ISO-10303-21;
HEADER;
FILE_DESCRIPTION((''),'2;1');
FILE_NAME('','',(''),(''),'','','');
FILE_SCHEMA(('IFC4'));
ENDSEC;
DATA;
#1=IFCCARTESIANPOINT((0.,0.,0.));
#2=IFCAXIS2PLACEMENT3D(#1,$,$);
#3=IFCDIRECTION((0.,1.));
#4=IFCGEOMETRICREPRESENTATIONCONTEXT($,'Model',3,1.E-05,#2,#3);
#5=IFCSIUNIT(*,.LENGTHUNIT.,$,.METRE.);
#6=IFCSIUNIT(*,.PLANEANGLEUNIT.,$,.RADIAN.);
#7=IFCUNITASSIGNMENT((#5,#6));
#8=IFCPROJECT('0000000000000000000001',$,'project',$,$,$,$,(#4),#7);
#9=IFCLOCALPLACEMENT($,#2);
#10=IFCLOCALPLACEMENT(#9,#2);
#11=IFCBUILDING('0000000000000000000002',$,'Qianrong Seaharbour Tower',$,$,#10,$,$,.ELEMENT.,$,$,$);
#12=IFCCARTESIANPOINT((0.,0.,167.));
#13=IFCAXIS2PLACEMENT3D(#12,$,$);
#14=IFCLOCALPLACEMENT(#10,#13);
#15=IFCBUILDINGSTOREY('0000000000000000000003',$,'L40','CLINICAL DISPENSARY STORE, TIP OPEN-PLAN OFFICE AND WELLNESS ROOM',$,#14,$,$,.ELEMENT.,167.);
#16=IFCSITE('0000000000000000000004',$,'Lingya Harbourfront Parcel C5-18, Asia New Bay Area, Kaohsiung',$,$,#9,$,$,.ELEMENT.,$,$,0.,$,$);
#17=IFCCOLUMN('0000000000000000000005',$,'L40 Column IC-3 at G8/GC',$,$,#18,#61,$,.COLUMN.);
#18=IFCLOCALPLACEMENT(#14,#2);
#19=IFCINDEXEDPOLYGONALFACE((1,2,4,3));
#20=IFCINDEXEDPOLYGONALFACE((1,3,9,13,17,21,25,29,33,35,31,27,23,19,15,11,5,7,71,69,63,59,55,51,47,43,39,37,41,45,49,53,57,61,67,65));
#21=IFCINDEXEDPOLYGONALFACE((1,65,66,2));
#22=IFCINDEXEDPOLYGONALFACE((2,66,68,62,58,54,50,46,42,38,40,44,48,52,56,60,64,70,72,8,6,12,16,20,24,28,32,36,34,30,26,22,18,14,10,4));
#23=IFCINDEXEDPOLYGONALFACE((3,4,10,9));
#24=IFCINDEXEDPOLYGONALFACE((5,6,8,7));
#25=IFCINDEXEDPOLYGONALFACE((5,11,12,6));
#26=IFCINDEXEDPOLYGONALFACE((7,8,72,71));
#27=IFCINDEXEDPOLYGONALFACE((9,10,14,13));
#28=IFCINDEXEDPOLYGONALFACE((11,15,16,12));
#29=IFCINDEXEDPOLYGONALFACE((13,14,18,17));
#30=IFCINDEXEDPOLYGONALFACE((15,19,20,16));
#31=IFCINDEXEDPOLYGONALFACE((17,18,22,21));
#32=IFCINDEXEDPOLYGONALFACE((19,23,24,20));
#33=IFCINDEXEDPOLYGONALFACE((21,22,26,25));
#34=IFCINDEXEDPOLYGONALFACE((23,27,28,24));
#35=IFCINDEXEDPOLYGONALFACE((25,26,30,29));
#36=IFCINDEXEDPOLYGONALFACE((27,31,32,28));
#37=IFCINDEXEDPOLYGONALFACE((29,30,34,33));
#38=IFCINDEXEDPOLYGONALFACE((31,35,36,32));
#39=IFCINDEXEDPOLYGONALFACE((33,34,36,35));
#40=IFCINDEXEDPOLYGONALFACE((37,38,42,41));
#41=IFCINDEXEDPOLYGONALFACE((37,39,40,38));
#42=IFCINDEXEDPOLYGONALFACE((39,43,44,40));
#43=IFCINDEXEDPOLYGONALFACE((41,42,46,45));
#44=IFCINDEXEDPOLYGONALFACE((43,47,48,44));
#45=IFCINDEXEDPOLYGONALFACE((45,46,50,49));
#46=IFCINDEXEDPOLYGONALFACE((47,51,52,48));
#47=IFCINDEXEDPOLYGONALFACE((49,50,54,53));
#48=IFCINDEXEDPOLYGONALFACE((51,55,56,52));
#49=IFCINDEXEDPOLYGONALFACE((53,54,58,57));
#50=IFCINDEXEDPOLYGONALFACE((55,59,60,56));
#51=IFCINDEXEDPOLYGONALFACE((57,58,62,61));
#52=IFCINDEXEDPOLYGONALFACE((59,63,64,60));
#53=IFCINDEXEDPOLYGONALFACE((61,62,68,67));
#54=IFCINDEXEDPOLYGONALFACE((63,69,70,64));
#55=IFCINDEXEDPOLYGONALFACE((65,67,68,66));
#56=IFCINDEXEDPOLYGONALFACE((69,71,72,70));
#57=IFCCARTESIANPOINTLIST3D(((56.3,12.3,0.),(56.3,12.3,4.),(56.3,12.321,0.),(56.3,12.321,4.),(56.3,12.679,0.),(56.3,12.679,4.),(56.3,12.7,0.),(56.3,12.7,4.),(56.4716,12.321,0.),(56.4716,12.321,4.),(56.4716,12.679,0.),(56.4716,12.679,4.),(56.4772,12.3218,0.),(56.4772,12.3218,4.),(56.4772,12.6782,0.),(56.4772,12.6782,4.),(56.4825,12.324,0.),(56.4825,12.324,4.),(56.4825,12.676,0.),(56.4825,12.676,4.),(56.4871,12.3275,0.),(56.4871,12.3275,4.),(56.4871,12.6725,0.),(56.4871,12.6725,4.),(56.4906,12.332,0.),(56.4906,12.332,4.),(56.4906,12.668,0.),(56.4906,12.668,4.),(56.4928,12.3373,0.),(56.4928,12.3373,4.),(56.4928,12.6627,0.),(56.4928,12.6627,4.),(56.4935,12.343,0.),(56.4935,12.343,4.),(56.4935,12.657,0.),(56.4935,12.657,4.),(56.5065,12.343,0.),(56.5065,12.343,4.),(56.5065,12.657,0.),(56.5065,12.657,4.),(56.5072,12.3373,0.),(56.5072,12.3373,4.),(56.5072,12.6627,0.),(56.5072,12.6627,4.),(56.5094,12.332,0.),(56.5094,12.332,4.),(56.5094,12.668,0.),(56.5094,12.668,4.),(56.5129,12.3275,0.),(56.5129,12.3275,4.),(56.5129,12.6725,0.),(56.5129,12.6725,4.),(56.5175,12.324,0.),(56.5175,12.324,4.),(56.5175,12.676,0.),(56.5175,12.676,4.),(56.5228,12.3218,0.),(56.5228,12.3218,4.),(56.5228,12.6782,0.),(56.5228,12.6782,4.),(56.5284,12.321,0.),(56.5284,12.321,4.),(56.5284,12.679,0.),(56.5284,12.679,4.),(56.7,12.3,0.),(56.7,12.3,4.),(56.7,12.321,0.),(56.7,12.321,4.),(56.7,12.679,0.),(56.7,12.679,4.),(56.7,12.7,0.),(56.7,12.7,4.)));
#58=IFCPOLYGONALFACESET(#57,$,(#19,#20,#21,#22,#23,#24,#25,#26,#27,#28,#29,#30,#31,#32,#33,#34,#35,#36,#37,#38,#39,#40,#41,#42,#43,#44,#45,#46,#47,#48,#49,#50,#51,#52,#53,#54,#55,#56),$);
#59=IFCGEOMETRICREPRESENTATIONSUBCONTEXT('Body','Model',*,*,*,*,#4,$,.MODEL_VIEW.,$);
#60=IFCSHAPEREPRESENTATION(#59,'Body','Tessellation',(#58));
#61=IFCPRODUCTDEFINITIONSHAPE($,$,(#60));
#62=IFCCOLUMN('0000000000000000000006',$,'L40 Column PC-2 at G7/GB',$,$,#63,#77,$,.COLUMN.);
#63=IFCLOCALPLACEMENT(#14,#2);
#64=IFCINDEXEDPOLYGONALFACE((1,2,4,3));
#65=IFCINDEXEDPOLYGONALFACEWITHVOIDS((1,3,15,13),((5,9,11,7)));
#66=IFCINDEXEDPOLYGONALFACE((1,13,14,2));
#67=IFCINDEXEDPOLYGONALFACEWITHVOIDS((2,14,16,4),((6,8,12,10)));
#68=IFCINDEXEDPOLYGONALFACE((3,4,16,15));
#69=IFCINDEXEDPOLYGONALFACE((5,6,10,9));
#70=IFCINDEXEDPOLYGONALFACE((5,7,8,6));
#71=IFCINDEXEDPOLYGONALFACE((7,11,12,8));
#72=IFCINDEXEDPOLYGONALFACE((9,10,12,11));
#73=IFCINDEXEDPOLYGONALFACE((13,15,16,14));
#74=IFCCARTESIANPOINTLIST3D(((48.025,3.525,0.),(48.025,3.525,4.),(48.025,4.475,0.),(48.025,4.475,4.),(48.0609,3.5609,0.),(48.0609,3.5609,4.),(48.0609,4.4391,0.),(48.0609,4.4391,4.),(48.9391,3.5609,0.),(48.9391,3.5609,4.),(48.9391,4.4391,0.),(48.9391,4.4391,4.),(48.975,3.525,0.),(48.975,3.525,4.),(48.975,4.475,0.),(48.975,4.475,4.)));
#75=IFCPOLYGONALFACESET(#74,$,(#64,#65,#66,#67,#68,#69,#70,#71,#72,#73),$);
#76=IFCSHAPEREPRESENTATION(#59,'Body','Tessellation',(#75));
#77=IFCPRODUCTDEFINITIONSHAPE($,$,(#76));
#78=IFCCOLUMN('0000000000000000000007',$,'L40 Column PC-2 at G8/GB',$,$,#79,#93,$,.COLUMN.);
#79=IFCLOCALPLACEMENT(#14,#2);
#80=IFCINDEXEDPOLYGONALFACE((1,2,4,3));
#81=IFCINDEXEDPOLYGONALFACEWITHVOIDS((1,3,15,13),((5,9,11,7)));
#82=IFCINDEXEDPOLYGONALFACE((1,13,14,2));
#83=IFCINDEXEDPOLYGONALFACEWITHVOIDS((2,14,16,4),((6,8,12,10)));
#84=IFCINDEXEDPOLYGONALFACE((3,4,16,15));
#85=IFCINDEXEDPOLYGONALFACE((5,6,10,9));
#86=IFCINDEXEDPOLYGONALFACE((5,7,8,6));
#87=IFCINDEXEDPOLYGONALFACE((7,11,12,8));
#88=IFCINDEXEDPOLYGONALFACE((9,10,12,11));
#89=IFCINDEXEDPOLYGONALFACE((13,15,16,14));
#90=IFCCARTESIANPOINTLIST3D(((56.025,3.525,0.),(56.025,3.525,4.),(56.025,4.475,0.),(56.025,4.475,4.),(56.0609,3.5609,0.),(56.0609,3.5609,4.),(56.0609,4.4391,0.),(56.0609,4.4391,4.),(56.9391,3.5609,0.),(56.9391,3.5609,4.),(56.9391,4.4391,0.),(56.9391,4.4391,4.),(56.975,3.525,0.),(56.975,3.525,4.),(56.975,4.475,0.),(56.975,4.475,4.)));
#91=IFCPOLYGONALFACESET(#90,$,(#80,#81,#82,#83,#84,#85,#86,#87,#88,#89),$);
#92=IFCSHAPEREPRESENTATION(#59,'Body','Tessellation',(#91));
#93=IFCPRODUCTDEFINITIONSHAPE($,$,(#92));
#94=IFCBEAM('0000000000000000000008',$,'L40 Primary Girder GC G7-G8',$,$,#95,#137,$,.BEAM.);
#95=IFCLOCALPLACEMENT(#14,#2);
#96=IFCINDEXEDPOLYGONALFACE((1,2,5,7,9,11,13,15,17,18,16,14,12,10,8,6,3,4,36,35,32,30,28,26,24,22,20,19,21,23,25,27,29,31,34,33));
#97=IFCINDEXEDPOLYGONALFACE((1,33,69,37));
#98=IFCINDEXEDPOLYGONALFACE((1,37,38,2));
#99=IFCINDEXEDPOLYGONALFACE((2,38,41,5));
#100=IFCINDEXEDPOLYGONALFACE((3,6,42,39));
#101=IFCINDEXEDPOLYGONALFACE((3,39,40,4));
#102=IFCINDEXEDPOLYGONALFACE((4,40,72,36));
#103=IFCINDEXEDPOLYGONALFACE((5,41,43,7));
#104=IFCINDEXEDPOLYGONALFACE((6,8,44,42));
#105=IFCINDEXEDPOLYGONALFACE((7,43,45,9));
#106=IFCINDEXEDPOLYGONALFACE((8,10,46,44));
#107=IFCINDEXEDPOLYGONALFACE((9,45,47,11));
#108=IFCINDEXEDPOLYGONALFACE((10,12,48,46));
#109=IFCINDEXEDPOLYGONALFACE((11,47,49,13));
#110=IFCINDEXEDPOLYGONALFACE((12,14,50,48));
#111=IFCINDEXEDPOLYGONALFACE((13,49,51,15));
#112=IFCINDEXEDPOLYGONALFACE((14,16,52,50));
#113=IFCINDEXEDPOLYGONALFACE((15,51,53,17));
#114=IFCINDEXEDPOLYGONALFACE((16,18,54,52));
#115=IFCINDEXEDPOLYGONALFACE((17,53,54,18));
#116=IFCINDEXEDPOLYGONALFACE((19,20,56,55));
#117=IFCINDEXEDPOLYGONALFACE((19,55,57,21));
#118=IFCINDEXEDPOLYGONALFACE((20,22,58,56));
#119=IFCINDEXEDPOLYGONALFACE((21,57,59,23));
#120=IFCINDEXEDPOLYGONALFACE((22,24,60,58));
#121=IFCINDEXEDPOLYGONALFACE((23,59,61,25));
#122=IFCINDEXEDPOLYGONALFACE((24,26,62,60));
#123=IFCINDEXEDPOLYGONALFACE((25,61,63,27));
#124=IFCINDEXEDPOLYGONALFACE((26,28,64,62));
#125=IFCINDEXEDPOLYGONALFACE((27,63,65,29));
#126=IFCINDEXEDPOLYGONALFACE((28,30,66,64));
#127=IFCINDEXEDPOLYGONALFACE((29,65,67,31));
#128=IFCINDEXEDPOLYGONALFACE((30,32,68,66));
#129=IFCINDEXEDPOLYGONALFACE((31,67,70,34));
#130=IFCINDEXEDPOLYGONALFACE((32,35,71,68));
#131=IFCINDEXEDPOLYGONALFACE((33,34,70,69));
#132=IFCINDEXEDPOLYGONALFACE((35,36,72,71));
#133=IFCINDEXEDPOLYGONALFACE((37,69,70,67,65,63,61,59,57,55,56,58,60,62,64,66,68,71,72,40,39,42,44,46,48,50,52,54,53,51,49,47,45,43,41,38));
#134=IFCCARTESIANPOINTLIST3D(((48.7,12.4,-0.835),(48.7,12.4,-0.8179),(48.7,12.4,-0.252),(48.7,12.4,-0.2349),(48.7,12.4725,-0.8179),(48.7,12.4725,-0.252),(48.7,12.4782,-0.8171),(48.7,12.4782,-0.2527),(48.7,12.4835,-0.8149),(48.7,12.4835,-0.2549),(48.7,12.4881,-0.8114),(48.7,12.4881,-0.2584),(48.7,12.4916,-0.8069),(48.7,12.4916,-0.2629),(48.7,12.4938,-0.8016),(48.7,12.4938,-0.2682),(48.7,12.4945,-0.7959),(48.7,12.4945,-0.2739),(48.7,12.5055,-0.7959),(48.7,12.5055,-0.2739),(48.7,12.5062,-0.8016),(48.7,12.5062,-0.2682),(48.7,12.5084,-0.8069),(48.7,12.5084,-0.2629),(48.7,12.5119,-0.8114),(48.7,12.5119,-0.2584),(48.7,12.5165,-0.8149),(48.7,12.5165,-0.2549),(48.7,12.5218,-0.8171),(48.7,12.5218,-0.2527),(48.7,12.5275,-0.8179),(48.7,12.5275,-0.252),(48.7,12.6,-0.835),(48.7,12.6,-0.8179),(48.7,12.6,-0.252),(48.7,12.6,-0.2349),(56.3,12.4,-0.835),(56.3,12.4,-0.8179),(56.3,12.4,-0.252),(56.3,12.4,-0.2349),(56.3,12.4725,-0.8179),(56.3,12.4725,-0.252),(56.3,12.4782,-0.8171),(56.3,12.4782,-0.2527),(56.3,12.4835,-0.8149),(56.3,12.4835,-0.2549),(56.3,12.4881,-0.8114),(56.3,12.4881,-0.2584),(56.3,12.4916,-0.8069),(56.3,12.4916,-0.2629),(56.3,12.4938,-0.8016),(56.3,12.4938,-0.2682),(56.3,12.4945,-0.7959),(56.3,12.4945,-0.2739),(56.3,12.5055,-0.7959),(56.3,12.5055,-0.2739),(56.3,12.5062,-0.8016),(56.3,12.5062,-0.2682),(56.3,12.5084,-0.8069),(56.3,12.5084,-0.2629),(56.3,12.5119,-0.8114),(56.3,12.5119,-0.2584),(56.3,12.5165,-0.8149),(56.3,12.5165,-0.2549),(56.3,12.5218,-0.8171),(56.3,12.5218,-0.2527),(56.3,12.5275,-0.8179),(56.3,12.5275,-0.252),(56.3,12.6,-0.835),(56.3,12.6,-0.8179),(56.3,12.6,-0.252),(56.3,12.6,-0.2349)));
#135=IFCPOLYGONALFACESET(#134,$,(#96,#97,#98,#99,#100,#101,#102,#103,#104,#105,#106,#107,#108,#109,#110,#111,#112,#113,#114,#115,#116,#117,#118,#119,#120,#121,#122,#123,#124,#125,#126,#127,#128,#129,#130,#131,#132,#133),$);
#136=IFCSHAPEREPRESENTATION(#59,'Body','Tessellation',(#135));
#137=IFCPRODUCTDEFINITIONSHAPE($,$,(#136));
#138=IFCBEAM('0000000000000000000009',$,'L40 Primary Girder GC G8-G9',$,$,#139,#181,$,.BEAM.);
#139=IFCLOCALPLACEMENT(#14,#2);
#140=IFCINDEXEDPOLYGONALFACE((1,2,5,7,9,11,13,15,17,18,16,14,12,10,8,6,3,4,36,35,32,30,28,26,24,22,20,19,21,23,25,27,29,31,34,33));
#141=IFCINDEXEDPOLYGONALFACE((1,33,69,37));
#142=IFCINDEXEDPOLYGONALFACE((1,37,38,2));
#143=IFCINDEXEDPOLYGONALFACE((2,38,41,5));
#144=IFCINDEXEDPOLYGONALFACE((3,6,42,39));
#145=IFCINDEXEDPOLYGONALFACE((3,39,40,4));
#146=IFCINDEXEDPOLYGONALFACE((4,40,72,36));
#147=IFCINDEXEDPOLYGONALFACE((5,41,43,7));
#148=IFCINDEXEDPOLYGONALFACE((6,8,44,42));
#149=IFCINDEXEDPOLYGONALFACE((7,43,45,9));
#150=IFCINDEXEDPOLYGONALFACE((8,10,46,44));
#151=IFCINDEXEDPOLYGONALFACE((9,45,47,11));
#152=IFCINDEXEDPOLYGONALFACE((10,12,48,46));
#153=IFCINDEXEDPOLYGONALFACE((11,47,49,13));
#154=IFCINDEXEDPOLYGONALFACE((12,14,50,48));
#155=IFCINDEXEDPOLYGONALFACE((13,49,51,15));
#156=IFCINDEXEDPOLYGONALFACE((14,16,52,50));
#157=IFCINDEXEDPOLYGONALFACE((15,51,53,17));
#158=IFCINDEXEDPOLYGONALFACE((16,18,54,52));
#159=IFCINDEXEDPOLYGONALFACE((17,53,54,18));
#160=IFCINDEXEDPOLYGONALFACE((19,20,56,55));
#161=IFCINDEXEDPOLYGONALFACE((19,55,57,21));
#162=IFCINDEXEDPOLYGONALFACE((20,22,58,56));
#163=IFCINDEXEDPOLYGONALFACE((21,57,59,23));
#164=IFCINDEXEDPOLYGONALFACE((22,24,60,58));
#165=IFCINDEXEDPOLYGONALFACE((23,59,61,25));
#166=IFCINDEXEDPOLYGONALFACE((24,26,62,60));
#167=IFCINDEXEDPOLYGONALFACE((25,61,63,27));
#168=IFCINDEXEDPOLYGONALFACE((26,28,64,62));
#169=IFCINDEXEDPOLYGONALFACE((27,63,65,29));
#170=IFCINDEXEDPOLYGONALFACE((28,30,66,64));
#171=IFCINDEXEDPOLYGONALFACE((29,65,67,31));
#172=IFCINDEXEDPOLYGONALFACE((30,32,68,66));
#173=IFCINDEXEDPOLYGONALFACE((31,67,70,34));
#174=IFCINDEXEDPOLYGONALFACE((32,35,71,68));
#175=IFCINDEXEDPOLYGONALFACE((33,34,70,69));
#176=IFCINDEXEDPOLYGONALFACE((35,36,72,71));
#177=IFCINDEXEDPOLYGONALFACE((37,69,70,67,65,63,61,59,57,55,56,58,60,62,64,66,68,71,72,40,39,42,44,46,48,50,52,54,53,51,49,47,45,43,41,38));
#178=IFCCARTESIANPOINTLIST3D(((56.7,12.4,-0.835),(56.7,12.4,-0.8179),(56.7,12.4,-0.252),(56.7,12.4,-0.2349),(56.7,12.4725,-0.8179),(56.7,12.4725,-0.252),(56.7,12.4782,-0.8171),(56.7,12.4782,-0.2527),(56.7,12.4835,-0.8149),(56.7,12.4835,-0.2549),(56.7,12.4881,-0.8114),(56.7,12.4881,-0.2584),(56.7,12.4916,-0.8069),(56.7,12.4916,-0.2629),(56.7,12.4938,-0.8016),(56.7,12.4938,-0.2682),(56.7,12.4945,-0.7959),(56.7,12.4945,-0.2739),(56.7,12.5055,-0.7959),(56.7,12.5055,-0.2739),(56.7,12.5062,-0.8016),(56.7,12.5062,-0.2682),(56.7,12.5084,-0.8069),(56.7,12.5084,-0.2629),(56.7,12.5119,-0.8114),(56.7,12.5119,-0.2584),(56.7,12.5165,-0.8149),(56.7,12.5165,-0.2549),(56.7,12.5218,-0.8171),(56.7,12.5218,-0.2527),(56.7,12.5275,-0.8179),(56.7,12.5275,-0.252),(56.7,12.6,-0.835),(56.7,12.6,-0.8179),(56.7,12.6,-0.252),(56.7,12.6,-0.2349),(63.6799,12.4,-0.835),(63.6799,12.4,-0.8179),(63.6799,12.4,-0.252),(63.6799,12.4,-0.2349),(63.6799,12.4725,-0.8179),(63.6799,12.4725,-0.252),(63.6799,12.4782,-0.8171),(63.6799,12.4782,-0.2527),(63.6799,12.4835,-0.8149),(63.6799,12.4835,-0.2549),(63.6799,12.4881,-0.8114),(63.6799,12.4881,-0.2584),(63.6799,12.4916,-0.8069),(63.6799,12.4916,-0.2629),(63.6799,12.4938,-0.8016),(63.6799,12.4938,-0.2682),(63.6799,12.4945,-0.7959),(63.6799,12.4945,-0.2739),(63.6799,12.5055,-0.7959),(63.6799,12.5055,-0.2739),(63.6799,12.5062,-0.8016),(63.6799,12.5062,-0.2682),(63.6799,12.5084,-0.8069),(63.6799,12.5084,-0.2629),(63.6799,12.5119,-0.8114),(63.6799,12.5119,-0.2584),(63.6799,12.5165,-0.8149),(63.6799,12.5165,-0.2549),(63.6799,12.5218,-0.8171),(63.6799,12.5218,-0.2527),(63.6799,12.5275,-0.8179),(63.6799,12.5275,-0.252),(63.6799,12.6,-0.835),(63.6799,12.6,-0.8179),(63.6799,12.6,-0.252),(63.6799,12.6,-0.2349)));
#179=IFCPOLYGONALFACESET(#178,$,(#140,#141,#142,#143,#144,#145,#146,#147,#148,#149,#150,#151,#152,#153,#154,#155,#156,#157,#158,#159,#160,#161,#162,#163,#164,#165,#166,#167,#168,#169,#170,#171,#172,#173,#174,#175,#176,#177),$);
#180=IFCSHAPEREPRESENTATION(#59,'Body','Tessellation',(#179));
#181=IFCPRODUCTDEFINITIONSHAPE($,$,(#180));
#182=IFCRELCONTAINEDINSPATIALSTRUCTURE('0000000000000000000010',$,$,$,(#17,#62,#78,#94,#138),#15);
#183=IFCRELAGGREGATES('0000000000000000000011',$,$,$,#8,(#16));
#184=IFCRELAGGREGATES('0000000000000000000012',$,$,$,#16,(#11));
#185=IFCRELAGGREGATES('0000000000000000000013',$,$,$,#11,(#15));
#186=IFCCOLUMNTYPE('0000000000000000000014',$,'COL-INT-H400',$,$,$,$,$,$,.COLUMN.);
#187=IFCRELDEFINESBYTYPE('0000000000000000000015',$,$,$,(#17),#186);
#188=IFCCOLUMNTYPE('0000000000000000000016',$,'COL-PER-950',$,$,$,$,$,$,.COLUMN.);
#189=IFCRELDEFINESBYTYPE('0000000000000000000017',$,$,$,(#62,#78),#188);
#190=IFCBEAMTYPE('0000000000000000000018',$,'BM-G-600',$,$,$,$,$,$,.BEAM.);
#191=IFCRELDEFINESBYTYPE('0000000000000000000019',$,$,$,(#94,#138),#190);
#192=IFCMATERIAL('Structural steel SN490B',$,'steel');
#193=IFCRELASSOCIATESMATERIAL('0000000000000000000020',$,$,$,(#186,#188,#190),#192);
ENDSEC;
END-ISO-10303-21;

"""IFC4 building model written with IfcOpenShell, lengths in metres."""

from ifc_helpers import new_model, si_unit, direction, frame, origin, origin_2d, place, context, subcontext, project, spatial, hollow_rectangle, i_section, extrude, material, material_profile, profile_set, type_object, element, save


model = new_model("IFC4")

# Units and contexts
model_context = context("Model", 3, precision=1e-05, world=origin(), true_north=direction((0.0, 1.0)))
body_context = subcontext(model_context, "Body", "Model", "MODEL_VIEW")
ifc_project = project(units=[si_unit("LENGTHUNIT", "METRE"), si_unit("PLANEANGLEUNIT", "RADIAN")], contexts=[model_context])

# Site, building, storey
site_placement = place(None, origin())
site = spatial("IfcSite", under=ifc_project, at=site_placement, Name="Lingya Harbourfront Parcel C5-18, Asia New Bay Area, Kaohsiung", CompositionType="ELEMENT", RefElevation=0.0)
building_placement = place(site_placement, origin())
building = spatial("IfcBuilding", under=site, at=building_placement, Name="Qianrong Seaharbour Tower", CompositionType="ELEMENT")
storey_placement = place(building_placement, frame((0.0, 0.0, 167.0)))
storey = spatial("IfcBuildingStorey", under=building, at=storey_placement, Name="L40", Description="CLINICAL DISPENSARY STORE, TIP OPEN-PLAN OFFICE AND WELLNESS ROOM", CompositionType="ELEMENT", Elevation=167.0)

# Columns
ifc_material_1 = material(Name="Structural steel SN490B", Category="steel")
ifc_material_profile_1 = material_profile(ifc_material_1, i_section(OverallWidth=0.3999, OverallDepth=0.3999, WebThickness=0.0129, FlangeThickness=0.021, FilletRadius=0.022, at=origin_2d()), Name="H400x400x13x21")
ifc_profile_set_1 = profile_set([ifc_material_profile_1], Name="Structural steel SN490B")
column_type_1 = type_object("IfcColumnType", Name="COL-INT-H400", PredefinedType="COLUMN", material=ifc_profile_set_1)
for number, where, z_axis, x_axis, name in (
    (1, (56.5, 12.5, 0.0), (0.0, 0.0, 1.0), (1.0, 0.0, 0.0), "L40 Column IC-3 at G8/GC"),
):
    element("IfcColumn", number, at=place(storey_placement, frame(where, z_axis=z_axis, x_axis=x_axis)), inside=storey, type_object=column_type_1, Name=name, PredefinedType="COLUMN", context=body_context, shape_type="SweptSolid", body=[
        extrude(i_section(OverallWidth=0.3999, OverallDepth=0.3999, WebThickness=0.0129, FlangeThickness=0.021, FilletRadius=0.022, at=origin_2d()), origin(), (0.0, 0.0, 1.0), 4.0),
    ])
ifc_material_profile_2 = material_profile(ifc_material_1, hollow_rectangle(XDim=0.95, YDim=0.95, WallThickness=0.0359, at=origin_2d()), Name="BOX950x950x36")
ifc_profile_set_2 = profile_set([ifc_material_profile_2], Name="Structural steel SN490B")
column_type_2 = type_object("IfcColumnType", Name="COL-PER-950", PredefinedType="COLUMN", material=ifc_profile_set_2)
for number, where, z_axis, x_axis, name in (
    (2, (48.5, 4.0, 0.0), (0.0, 0.0, 1.0), (1.0, 0.0, 0.0), "L40 Column PC-2 at G7/GB"),
    (3, (56.5, 4.0, 0.0), (0.0, 0.0, 1.0), (1.0, 0.0, 0.0), "L40 Column PC-2 at G8/GB"),
):
    element("IfcColumn", number, at=place(storey_placement, frame(where, z_axis=z_axis, x_axis=x_axis)), inside=storey, type_object=column_type_2, Name=name, PredefinedType="COLUMN", context=body_context, shape_type="SweptSolid", body=[
        extrude(hollow_rectangle(XDim=0.95, YDim=0.95, WallThickness=0.0359, at=origin_2d()), origin(), (0.0, 0.0, 1.0), 4.0),
    ])

# Beams
ifc_material_profile_3 = material_profile(ifc_material_1, i_section(OverallWidth=0.2, OverallDepth=0.6001, WebThickness=0.011, FlangeThickness=0.0171, FilletRadius=0.022, at=origin_2d()), Name="H600x200x11x17")
ifc_profile_set_3 = profile_set([ifc_material_profile_3], Name="Structural steel SN490B")
beam_type_1 = type_object("IfcBeamType", Name="BM-G-600", PredefinedType="BEAM", material=ifc_profile_set_3)
beam_1_placement = place(storey_placement, frame((48.7, 12.5, -0.5349), z_axis=(1.0, 0.0, 0.0), x_axis=(0.0, 1.0, 0.0)))
element("IfcBeam", 4, at=beam_1_placement, inside=storey, type_object=beam_type_1, Name="L40 Primary Girder GC G7-G8", PredefinedType="BEAM", context=body_context, shape_type="SweptSolid", body=[
    extrude(i_section(OverallWidth=0.2, OverallDepth=0.6001, WebThickness=0.011, FlangeThickness=0.0171, FilletRadius=0.022, at=origin_2d()), origin(), (0.0, 0.0, 1.0), 7.6001),
])
beam_2_placement = place(storey_placement, frame((56.7, 12.5, -0.5349), z_axis=(1.0, 0.0, 0.0), x_axis=(0.0, 1.0, 0.0)))
element("IfcBeam", 5, at=beam_2_placement, inside=storey, type_object=beam_type_1, Name="L40 Primary Girder GC G8-G9", PredefinedType="BEAM", context=body_context, shape_type="SweptSolid", body=[
    extrude(i_section(OverallWidth=0.2, OverallDepth=0.6001, WebThickness=0.011, FlangeThickness=0.0171, FilletRadius=0.022, at=origin_2d()), origin(), (0.0, 0.0, 1.0), 6.98),
])

save(model, "model.ifc")
